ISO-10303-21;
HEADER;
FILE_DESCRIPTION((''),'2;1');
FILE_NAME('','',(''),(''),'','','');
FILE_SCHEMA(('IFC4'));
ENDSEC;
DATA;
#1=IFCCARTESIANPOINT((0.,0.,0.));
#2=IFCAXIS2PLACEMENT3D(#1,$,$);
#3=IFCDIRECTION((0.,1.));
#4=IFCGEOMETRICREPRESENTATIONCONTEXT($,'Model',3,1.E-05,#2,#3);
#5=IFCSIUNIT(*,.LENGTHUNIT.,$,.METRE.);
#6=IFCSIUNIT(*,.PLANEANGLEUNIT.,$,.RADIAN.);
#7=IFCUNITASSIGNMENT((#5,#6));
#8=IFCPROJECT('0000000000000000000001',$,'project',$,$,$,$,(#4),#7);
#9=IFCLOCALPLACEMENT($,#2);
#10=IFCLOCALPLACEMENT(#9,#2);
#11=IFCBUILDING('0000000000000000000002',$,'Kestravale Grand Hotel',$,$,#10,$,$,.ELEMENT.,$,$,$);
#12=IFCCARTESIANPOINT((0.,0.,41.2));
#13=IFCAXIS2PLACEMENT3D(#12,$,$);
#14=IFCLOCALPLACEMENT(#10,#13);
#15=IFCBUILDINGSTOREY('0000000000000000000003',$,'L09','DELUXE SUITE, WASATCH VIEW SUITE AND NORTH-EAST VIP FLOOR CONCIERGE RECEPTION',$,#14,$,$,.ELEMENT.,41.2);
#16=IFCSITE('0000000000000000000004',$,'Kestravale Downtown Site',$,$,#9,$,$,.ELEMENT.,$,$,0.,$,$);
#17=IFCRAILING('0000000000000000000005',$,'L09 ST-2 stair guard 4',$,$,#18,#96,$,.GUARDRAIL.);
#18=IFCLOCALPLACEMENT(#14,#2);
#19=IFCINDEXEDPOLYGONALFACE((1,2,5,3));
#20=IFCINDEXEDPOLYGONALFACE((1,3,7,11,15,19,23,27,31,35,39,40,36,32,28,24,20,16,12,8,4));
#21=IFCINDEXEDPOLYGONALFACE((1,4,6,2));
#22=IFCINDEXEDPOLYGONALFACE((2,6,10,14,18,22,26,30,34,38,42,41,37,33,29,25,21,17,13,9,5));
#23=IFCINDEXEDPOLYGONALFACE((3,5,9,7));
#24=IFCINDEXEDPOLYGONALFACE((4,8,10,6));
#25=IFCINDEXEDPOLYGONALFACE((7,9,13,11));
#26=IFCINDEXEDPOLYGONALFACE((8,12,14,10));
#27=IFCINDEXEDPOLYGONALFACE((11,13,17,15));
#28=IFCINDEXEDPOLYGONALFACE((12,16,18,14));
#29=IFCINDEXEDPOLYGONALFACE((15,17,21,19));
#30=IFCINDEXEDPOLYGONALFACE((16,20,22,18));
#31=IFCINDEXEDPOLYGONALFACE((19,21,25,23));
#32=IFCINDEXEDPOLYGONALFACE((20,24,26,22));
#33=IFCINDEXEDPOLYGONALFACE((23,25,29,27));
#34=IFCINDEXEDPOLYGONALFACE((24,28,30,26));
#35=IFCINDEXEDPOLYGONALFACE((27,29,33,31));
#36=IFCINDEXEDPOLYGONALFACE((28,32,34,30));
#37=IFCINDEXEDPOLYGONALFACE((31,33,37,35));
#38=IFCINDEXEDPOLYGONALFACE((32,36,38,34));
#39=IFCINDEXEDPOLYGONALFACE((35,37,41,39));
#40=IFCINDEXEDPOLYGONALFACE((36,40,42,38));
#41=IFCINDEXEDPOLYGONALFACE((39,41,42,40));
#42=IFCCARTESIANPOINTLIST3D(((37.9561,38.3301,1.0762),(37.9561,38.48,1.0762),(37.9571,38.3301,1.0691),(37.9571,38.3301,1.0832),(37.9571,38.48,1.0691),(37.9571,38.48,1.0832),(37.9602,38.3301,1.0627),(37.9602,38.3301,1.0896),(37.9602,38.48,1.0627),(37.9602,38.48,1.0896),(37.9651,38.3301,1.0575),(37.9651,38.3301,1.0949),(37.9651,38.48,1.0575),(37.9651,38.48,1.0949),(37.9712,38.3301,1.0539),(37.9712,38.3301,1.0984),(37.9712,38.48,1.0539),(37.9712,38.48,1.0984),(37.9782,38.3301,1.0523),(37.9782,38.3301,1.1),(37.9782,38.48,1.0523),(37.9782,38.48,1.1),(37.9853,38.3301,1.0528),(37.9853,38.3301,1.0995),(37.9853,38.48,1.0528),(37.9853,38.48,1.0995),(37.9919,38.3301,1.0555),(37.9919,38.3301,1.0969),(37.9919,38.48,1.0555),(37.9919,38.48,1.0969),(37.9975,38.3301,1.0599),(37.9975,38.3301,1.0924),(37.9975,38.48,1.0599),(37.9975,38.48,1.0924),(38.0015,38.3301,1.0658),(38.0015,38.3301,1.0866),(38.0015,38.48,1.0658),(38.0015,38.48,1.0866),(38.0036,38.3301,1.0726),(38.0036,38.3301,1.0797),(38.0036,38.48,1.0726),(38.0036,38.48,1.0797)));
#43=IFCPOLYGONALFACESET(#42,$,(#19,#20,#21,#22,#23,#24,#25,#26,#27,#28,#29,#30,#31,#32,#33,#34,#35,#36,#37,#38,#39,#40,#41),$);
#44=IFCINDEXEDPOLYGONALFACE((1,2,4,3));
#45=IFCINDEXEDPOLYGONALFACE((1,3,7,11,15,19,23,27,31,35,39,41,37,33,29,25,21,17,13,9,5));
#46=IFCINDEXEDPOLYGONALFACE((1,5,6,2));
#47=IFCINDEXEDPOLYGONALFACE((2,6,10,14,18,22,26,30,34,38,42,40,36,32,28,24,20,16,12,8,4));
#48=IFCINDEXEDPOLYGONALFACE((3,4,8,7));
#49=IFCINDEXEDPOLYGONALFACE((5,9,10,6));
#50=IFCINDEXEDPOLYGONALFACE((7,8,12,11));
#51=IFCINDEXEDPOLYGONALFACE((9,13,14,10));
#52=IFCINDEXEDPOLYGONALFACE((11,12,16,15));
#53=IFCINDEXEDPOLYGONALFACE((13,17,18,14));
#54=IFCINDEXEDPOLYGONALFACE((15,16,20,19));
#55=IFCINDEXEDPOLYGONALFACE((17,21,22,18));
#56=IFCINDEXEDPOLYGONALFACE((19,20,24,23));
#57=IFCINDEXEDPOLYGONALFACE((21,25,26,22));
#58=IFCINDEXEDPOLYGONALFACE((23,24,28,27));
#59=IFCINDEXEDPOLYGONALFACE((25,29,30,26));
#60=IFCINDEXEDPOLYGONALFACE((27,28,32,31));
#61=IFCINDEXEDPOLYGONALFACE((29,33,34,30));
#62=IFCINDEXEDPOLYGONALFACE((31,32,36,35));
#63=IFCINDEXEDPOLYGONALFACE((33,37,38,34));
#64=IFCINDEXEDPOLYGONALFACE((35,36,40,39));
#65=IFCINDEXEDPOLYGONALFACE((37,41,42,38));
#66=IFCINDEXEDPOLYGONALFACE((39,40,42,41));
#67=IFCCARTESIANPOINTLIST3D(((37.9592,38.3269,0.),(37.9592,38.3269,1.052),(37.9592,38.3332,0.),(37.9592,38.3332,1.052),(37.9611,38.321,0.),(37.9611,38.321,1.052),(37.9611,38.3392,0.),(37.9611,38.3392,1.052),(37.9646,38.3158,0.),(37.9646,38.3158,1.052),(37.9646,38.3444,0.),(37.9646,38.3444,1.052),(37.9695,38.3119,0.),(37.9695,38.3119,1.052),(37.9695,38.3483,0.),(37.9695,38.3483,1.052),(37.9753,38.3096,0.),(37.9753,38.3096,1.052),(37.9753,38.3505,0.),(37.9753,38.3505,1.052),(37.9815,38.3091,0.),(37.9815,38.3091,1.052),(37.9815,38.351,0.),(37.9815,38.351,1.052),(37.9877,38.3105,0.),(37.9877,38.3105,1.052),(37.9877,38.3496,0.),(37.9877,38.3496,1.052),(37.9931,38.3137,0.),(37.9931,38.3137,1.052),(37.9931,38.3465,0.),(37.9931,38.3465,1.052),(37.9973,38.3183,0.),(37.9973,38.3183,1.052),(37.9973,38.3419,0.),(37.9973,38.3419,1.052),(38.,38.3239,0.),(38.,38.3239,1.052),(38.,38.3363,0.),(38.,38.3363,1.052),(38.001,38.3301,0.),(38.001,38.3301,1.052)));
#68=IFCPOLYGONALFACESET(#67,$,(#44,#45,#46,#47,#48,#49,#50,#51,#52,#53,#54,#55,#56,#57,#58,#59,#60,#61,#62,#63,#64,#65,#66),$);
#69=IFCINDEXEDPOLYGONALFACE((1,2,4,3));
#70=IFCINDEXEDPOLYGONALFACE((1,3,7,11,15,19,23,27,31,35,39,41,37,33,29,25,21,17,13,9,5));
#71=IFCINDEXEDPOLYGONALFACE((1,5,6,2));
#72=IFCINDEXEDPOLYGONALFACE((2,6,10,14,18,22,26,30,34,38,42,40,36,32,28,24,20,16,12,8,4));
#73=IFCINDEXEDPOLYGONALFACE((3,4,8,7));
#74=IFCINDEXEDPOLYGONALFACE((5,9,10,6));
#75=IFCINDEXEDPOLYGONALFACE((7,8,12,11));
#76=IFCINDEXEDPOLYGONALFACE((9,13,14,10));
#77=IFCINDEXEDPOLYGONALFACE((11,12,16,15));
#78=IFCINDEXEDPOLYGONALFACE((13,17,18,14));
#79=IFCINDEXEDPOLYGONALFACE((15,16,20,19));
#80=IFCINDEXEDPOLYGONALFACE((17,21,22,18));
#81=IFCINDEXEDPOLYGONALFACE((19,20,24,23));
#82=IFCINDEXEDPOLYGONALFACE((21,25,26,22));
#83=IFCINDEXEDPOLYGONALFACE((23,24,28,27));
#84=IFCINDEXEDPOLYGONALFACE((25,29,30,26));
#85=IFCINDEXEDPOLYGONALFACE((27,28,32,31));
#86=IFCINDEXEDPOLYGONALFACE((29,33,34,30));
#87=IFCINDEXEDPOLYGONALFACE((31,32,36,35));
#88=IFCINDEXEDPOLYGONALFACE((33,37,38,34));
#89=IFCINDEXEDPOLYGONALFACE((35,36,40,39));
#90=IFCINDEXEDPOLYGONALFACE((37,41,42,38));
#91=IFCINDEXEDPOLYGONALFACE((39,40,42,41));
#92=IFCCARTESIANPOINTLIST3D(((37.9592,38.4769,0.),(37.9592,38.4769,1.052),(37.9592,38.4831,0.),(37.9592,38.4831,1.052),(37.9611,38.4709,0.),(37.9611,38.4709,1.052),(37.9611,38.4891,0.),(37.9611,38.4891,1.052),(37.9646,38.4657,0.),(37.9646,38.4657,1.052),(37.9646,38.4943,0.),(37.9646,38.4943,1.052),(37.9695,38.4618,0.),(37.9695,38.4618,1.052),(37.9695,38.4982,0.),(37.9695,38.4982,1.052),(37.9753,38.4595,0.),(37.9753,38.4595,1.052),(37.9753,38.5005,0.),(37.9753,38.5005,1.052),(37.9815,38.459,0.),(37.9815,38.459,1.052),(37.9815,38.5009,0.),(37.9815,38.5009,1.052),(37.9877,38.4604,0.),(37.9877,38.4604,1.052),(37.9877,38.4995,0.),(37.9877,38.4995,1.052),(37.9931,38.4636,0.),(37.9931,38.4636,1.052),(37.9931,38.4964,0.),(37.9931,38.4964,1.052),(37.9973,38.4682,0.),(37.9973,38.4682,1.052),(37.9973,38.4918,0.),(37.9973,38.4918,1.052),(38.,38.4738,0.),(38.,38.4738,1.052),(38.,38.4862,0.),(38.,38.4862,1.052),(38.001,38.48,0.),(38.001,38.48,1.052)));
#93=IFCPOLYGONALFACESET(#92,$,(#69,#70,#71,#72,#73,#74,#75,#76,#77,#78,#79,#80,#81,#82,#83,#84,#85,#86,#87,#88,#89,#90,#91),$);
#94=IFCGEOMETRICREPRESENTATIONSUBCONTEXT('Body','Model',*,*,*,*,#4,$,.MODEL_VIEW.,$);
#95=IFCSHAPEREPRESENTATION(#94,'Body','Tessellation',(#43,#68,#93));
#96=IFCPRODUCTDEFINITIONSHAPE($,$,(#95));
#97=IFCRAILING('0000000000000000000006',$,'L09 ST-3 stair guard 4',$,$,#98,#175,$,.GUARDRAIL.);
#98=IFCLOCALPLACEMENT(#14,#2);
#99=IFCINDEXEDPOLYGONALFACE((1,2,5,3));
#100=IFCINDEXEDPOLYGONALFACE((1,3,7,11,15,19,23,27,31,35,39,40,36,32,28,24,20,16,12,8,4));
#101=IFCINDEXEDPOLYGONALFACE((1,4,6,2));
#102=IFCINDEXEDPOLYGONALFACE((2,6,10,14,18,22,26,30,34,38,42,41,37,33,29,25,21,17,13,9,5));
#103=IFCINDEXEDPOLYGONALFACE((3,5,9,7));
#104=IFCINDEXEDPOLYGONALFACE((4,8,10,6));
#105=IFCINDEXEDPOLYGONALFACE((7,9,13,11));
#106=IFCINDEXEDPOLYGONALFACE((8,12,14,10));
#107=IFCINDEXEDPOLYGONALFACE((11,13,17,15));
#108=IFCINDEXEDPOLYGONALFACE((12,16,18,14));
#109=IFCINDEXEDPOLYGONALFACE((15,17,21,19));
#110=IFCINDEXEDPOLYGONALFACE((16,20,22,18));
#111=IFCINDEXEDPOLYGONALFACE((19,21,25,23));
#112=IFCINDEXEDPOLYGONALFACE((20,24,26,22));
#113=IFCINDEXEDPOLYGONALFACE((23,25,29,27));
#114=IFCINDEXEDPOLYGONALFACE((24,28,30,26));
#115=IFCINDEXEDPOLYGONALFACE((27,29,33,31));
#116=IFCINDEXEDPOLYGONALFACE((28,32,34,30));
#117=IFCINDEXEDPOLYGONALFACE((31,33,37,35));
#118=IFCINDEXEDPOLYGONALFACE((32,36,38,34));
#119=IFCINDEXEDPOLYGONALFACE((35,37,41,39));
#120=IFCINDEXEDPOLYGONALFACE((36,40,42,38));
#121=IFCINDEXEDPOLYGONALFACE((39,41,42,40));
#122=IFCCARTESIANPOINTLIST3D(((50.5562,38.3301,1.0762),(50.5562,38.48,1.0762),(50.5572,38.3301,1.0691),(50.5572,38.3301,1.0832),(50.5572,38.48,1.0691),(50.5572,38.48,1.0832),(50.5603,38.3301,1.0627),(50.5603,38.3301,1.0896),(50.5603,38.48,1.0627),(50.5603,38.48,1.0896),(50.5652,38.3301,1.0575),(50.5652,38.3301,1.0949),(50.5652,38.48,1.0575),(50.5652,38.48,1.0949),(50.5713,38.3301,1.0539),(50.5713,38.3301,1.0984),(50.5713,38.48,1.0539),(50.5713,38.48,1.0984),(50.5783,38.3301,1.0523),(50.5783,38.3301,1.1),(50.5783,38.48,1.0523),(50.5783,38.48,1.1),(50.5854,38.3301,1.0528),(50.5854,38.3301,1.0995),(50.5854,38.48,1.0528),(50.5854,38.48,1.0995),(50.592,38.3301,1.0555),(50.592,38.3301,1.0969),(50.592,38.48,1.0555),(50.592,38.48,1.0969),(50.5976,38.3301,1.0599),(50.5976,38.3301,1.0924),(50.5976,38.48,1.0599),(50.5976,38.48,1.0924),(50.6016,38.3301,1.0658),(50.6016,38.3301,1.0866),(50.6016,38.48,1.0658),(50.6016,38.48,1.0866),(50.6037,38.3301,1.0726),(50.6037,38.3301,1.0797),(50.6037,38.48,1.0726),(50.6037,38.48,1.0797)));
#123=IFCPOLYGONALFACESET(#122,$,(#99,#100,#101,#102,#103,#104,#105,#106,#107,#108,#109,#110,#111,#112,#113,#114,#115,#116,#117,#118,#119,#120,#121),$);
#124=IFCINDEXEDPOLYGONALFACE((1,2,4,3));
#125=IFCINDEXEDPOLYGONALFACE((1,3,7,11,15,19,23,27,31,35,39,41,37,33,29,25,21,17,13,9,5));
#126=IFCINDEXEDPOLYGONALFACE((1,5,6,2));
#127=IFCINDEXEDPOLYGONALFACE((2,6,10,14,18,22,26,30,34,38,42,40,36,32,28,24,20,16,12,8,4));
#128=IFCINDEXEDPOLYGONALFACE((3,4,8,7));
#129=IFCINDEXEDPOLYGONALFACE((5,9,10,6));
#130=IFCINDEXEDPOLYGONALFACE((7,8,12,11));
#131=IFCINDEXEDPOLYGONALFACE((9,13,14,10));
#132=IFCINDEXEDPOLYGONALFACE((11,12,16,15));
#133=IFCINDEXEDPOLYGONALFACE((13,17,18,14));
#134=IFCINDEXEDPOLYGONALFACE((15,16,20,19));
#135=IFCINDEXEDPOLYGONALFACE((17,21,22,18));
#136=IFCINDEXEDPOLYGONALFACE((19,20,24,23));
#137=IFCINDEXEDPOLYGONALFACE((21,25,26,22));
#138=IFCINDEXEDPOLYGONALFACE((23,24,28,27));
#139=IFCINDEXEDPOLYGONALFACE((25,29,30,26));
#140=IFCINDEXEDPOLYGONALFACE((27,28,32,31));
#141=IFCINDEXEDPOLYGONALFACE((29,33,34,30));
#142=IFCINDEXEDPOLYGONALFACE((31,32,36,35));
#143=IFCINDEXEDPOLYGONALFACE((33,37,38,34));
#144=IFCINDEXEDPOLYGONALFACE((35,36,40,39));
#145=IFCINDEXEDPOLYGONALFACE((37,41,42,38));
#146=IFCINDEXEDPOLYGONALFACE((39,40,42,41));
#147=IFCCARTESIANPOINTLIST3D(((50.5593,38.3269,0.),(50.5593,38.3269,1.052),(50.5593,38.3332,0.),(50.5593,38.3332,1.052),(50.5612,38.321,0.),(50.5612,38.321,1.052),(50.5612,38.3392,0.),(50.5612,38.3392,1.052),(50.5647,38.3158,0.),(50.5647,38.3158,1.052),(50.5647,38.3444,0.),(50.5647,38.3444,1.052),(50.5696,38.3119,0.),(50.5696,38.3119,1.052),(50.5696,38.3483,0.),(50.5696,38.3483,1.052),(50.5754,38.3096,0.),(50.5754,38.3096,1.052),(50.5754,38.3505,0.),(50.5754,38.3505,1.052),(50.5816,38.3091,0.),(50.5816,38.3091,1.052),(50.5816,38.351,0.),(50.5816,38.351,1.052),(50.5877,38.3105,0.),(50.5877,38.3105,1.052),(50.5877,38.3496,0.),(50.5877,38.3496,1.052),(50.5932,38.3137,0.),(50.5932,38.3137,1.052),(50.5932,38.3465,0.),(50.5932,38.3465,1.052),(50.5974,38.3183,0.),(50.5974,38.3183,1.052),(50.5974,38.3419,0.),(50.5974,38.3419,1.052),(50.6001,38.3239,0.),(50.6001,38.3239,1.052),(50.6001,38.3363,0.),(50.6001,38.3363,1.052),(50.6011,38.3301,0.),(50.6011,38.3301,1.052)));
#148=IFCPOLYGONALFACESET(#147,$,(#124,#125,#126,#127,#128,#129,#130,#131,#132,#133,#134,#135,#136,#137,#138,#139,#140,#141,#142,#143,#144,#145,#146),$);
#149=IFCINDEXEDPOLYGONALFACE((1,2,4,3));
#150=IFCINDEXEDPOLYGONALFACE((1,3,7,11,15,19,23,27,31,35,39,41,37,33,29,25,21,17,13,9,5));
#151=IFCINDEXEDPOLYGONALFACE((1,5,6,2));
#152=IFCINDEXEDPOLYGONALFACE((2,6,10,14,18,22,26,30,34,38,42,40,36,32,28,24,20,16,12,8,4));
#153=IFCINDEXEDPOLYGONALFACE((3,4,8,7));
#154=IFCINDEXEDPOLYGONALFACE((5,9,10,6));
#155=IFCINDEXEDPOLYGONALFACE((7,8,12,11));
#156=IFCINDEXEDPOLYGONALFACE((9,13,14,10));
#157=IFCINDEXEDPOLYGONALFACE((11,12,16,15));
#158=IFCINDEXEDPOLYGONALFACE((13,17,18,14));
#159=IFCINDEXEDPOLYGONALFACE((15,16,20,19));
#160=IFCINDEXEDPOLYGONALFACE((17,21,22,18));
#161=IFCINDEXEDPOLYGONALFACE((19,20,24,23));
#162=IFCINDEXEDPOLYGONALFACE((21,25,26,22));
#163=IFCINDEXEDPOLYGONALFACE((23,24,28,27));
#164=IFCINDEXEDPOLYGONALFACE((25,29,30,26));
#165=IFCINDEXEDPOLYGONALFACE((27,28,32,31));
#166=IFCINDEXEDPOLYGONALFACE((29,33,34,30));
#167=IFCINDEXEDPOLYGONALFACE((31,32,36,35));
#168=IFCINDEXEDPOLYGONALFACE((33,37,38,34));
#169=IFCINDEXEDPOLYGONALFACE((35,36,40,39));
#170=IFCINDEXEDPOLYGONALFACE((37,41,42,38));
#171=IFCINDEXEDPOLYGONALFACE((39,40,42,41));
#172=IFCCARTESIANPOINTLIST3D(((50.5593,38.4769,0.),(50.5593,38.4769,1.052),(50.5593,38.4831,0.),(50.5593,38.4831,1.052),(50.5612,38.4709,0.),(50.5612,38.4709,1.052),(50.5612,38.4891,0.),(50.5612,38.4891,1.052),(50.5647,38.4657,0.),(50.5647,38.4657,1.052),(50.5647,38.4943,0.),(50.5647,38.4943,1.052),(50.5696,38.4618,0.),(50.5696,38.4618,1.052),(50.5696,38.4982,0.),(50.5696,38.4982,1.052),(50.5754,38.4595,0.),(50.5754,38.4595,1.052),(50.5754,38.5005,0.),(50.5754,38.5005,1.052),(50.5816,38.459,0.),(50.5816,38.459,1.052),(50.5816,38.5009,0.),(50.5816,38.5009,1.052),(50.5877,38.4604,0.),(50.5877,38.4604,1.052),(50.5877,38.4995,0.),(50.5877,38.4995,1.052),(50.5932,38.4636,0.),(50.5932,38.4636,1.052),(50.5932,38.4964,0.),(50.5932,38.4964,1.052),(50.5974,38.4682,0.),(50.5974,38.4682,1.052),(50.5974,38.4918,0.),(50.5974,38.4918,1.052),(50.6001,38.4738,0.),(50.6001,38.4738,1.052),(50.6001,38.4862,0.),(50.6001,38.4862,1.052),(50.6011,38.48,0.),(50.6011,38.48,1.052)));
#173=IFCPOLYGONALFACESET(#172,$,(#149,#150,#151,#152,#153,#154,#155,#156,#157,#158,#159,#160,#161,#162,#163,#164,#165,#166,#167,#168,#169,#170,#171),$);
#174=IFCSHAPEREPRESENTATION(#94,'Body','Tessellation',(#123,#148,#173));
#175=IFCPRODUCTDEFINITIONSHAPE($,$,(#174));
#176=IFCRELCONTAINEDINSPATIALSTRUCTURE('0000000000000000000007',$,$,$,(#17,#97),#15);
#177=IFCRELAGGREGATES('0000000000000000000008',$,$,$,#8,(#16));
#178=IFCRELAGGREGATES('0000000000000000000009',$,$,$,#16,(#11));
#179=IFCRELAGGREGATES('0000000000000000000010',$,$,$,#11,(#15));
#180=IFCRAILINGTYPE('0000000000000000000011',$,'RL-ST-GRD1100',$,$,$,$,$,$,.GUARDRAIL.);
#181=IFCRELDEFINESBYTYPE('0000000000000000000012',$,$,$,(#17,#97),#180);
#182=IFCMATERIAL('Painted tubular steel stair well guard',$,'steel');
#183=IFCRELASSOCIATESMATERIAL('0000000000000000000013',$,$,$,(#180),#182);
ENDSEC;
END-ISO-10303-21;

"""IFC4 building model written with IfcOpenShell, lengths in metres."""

from ifc_helpers import new_model, si_unit, direction, frame, origin, origin_2d, place, context, subcontext, project, spatial, circle, extrude, material, type_object, element, save


model = new_model("IFC4")

# Units and contexts
model_context = context("Model", 3, precision=1e-05, world=origin(), true_north=direction((0.0, 1.0)))
body_context = subcontext(model_context, "Body", "Model", "MODEL_VIEW")
ifc_project = project(units=[si_unit("LENGTHUNIT", "METRE"), si_unit("PLANEANGLEUNIT", "RADIAN")], contexts=[model_context])

# Site, building, storey
site_placement = place(None, origin())
site = spatial("IfcSite", under=ifc_project, at=site_placement, Name="Kestravale Downtown Site", CompositionType="ELEMENT", RefElevation=0.0)
building_placement = place(site_placement, origin())
building = spatial("IfcBuilding", under=site, at=building_placement, Name="Kestravale Grand Hotel", CompositionType="ELEMENT")
storey_placement = place(building_placement, frame((0.0, 0.0, 41.2)))
storey = spatial("IfcBuildingStorey", under=building, at=storey_placement, Name="L09", Description="DELUXE SUITE, WASATCH VIEW SUITE AND NORTH-EAST VIP FLOOR CONCIERGE RECEPTION", CompositionType="ELEMENT", Elevation=41.2)

# Railings
ifc_material_1 = material(Name="Painted tubular steel stair well guard", Category="steel")
railing_type_1 = type_object("IfcRailingType", Name="RL-ST-GRD1100", PredefinedType="GUARDRAIL", material=ifc_material_1)
for number, where, name in (
    (1, (37.98, 38.3301, 0.0), "L09 ST-2 stair guard 4"),
    (2, (50.5801, 38.3301, 0.0), "L09 ST-3 stair guard 4"),
):
    element("IfcRailing", number, at=place(storey_placement, frame(where)), inside=storey, type_object=railing_type_1, Name=name, PredefinedType="GUARDRAIL", context=body_context, shape_type="SweptSolid", body=[
        extrude(circle(Radius=0.0239, at=origin_2d()), frame((0.0, 0.0, 1.0762), z_axis=(0.0, 1.0, 0.0), x_axis=(-1.0, 0.0, 0.0)), (0.0, 0.0, 1.0), 0.1499),
        extrude(circle(Radius=0.021, at=origin_2d()), origin(), (0.0, 0.0, 1.0), 1.052),
        extrude(circle(Radius=0.021, at=origin_2d()), frame((0.0, 0.1499, 0.0)), (0.0, 0.0, 1.0), 1.052),
    ])

save(model, "model.ifc")
